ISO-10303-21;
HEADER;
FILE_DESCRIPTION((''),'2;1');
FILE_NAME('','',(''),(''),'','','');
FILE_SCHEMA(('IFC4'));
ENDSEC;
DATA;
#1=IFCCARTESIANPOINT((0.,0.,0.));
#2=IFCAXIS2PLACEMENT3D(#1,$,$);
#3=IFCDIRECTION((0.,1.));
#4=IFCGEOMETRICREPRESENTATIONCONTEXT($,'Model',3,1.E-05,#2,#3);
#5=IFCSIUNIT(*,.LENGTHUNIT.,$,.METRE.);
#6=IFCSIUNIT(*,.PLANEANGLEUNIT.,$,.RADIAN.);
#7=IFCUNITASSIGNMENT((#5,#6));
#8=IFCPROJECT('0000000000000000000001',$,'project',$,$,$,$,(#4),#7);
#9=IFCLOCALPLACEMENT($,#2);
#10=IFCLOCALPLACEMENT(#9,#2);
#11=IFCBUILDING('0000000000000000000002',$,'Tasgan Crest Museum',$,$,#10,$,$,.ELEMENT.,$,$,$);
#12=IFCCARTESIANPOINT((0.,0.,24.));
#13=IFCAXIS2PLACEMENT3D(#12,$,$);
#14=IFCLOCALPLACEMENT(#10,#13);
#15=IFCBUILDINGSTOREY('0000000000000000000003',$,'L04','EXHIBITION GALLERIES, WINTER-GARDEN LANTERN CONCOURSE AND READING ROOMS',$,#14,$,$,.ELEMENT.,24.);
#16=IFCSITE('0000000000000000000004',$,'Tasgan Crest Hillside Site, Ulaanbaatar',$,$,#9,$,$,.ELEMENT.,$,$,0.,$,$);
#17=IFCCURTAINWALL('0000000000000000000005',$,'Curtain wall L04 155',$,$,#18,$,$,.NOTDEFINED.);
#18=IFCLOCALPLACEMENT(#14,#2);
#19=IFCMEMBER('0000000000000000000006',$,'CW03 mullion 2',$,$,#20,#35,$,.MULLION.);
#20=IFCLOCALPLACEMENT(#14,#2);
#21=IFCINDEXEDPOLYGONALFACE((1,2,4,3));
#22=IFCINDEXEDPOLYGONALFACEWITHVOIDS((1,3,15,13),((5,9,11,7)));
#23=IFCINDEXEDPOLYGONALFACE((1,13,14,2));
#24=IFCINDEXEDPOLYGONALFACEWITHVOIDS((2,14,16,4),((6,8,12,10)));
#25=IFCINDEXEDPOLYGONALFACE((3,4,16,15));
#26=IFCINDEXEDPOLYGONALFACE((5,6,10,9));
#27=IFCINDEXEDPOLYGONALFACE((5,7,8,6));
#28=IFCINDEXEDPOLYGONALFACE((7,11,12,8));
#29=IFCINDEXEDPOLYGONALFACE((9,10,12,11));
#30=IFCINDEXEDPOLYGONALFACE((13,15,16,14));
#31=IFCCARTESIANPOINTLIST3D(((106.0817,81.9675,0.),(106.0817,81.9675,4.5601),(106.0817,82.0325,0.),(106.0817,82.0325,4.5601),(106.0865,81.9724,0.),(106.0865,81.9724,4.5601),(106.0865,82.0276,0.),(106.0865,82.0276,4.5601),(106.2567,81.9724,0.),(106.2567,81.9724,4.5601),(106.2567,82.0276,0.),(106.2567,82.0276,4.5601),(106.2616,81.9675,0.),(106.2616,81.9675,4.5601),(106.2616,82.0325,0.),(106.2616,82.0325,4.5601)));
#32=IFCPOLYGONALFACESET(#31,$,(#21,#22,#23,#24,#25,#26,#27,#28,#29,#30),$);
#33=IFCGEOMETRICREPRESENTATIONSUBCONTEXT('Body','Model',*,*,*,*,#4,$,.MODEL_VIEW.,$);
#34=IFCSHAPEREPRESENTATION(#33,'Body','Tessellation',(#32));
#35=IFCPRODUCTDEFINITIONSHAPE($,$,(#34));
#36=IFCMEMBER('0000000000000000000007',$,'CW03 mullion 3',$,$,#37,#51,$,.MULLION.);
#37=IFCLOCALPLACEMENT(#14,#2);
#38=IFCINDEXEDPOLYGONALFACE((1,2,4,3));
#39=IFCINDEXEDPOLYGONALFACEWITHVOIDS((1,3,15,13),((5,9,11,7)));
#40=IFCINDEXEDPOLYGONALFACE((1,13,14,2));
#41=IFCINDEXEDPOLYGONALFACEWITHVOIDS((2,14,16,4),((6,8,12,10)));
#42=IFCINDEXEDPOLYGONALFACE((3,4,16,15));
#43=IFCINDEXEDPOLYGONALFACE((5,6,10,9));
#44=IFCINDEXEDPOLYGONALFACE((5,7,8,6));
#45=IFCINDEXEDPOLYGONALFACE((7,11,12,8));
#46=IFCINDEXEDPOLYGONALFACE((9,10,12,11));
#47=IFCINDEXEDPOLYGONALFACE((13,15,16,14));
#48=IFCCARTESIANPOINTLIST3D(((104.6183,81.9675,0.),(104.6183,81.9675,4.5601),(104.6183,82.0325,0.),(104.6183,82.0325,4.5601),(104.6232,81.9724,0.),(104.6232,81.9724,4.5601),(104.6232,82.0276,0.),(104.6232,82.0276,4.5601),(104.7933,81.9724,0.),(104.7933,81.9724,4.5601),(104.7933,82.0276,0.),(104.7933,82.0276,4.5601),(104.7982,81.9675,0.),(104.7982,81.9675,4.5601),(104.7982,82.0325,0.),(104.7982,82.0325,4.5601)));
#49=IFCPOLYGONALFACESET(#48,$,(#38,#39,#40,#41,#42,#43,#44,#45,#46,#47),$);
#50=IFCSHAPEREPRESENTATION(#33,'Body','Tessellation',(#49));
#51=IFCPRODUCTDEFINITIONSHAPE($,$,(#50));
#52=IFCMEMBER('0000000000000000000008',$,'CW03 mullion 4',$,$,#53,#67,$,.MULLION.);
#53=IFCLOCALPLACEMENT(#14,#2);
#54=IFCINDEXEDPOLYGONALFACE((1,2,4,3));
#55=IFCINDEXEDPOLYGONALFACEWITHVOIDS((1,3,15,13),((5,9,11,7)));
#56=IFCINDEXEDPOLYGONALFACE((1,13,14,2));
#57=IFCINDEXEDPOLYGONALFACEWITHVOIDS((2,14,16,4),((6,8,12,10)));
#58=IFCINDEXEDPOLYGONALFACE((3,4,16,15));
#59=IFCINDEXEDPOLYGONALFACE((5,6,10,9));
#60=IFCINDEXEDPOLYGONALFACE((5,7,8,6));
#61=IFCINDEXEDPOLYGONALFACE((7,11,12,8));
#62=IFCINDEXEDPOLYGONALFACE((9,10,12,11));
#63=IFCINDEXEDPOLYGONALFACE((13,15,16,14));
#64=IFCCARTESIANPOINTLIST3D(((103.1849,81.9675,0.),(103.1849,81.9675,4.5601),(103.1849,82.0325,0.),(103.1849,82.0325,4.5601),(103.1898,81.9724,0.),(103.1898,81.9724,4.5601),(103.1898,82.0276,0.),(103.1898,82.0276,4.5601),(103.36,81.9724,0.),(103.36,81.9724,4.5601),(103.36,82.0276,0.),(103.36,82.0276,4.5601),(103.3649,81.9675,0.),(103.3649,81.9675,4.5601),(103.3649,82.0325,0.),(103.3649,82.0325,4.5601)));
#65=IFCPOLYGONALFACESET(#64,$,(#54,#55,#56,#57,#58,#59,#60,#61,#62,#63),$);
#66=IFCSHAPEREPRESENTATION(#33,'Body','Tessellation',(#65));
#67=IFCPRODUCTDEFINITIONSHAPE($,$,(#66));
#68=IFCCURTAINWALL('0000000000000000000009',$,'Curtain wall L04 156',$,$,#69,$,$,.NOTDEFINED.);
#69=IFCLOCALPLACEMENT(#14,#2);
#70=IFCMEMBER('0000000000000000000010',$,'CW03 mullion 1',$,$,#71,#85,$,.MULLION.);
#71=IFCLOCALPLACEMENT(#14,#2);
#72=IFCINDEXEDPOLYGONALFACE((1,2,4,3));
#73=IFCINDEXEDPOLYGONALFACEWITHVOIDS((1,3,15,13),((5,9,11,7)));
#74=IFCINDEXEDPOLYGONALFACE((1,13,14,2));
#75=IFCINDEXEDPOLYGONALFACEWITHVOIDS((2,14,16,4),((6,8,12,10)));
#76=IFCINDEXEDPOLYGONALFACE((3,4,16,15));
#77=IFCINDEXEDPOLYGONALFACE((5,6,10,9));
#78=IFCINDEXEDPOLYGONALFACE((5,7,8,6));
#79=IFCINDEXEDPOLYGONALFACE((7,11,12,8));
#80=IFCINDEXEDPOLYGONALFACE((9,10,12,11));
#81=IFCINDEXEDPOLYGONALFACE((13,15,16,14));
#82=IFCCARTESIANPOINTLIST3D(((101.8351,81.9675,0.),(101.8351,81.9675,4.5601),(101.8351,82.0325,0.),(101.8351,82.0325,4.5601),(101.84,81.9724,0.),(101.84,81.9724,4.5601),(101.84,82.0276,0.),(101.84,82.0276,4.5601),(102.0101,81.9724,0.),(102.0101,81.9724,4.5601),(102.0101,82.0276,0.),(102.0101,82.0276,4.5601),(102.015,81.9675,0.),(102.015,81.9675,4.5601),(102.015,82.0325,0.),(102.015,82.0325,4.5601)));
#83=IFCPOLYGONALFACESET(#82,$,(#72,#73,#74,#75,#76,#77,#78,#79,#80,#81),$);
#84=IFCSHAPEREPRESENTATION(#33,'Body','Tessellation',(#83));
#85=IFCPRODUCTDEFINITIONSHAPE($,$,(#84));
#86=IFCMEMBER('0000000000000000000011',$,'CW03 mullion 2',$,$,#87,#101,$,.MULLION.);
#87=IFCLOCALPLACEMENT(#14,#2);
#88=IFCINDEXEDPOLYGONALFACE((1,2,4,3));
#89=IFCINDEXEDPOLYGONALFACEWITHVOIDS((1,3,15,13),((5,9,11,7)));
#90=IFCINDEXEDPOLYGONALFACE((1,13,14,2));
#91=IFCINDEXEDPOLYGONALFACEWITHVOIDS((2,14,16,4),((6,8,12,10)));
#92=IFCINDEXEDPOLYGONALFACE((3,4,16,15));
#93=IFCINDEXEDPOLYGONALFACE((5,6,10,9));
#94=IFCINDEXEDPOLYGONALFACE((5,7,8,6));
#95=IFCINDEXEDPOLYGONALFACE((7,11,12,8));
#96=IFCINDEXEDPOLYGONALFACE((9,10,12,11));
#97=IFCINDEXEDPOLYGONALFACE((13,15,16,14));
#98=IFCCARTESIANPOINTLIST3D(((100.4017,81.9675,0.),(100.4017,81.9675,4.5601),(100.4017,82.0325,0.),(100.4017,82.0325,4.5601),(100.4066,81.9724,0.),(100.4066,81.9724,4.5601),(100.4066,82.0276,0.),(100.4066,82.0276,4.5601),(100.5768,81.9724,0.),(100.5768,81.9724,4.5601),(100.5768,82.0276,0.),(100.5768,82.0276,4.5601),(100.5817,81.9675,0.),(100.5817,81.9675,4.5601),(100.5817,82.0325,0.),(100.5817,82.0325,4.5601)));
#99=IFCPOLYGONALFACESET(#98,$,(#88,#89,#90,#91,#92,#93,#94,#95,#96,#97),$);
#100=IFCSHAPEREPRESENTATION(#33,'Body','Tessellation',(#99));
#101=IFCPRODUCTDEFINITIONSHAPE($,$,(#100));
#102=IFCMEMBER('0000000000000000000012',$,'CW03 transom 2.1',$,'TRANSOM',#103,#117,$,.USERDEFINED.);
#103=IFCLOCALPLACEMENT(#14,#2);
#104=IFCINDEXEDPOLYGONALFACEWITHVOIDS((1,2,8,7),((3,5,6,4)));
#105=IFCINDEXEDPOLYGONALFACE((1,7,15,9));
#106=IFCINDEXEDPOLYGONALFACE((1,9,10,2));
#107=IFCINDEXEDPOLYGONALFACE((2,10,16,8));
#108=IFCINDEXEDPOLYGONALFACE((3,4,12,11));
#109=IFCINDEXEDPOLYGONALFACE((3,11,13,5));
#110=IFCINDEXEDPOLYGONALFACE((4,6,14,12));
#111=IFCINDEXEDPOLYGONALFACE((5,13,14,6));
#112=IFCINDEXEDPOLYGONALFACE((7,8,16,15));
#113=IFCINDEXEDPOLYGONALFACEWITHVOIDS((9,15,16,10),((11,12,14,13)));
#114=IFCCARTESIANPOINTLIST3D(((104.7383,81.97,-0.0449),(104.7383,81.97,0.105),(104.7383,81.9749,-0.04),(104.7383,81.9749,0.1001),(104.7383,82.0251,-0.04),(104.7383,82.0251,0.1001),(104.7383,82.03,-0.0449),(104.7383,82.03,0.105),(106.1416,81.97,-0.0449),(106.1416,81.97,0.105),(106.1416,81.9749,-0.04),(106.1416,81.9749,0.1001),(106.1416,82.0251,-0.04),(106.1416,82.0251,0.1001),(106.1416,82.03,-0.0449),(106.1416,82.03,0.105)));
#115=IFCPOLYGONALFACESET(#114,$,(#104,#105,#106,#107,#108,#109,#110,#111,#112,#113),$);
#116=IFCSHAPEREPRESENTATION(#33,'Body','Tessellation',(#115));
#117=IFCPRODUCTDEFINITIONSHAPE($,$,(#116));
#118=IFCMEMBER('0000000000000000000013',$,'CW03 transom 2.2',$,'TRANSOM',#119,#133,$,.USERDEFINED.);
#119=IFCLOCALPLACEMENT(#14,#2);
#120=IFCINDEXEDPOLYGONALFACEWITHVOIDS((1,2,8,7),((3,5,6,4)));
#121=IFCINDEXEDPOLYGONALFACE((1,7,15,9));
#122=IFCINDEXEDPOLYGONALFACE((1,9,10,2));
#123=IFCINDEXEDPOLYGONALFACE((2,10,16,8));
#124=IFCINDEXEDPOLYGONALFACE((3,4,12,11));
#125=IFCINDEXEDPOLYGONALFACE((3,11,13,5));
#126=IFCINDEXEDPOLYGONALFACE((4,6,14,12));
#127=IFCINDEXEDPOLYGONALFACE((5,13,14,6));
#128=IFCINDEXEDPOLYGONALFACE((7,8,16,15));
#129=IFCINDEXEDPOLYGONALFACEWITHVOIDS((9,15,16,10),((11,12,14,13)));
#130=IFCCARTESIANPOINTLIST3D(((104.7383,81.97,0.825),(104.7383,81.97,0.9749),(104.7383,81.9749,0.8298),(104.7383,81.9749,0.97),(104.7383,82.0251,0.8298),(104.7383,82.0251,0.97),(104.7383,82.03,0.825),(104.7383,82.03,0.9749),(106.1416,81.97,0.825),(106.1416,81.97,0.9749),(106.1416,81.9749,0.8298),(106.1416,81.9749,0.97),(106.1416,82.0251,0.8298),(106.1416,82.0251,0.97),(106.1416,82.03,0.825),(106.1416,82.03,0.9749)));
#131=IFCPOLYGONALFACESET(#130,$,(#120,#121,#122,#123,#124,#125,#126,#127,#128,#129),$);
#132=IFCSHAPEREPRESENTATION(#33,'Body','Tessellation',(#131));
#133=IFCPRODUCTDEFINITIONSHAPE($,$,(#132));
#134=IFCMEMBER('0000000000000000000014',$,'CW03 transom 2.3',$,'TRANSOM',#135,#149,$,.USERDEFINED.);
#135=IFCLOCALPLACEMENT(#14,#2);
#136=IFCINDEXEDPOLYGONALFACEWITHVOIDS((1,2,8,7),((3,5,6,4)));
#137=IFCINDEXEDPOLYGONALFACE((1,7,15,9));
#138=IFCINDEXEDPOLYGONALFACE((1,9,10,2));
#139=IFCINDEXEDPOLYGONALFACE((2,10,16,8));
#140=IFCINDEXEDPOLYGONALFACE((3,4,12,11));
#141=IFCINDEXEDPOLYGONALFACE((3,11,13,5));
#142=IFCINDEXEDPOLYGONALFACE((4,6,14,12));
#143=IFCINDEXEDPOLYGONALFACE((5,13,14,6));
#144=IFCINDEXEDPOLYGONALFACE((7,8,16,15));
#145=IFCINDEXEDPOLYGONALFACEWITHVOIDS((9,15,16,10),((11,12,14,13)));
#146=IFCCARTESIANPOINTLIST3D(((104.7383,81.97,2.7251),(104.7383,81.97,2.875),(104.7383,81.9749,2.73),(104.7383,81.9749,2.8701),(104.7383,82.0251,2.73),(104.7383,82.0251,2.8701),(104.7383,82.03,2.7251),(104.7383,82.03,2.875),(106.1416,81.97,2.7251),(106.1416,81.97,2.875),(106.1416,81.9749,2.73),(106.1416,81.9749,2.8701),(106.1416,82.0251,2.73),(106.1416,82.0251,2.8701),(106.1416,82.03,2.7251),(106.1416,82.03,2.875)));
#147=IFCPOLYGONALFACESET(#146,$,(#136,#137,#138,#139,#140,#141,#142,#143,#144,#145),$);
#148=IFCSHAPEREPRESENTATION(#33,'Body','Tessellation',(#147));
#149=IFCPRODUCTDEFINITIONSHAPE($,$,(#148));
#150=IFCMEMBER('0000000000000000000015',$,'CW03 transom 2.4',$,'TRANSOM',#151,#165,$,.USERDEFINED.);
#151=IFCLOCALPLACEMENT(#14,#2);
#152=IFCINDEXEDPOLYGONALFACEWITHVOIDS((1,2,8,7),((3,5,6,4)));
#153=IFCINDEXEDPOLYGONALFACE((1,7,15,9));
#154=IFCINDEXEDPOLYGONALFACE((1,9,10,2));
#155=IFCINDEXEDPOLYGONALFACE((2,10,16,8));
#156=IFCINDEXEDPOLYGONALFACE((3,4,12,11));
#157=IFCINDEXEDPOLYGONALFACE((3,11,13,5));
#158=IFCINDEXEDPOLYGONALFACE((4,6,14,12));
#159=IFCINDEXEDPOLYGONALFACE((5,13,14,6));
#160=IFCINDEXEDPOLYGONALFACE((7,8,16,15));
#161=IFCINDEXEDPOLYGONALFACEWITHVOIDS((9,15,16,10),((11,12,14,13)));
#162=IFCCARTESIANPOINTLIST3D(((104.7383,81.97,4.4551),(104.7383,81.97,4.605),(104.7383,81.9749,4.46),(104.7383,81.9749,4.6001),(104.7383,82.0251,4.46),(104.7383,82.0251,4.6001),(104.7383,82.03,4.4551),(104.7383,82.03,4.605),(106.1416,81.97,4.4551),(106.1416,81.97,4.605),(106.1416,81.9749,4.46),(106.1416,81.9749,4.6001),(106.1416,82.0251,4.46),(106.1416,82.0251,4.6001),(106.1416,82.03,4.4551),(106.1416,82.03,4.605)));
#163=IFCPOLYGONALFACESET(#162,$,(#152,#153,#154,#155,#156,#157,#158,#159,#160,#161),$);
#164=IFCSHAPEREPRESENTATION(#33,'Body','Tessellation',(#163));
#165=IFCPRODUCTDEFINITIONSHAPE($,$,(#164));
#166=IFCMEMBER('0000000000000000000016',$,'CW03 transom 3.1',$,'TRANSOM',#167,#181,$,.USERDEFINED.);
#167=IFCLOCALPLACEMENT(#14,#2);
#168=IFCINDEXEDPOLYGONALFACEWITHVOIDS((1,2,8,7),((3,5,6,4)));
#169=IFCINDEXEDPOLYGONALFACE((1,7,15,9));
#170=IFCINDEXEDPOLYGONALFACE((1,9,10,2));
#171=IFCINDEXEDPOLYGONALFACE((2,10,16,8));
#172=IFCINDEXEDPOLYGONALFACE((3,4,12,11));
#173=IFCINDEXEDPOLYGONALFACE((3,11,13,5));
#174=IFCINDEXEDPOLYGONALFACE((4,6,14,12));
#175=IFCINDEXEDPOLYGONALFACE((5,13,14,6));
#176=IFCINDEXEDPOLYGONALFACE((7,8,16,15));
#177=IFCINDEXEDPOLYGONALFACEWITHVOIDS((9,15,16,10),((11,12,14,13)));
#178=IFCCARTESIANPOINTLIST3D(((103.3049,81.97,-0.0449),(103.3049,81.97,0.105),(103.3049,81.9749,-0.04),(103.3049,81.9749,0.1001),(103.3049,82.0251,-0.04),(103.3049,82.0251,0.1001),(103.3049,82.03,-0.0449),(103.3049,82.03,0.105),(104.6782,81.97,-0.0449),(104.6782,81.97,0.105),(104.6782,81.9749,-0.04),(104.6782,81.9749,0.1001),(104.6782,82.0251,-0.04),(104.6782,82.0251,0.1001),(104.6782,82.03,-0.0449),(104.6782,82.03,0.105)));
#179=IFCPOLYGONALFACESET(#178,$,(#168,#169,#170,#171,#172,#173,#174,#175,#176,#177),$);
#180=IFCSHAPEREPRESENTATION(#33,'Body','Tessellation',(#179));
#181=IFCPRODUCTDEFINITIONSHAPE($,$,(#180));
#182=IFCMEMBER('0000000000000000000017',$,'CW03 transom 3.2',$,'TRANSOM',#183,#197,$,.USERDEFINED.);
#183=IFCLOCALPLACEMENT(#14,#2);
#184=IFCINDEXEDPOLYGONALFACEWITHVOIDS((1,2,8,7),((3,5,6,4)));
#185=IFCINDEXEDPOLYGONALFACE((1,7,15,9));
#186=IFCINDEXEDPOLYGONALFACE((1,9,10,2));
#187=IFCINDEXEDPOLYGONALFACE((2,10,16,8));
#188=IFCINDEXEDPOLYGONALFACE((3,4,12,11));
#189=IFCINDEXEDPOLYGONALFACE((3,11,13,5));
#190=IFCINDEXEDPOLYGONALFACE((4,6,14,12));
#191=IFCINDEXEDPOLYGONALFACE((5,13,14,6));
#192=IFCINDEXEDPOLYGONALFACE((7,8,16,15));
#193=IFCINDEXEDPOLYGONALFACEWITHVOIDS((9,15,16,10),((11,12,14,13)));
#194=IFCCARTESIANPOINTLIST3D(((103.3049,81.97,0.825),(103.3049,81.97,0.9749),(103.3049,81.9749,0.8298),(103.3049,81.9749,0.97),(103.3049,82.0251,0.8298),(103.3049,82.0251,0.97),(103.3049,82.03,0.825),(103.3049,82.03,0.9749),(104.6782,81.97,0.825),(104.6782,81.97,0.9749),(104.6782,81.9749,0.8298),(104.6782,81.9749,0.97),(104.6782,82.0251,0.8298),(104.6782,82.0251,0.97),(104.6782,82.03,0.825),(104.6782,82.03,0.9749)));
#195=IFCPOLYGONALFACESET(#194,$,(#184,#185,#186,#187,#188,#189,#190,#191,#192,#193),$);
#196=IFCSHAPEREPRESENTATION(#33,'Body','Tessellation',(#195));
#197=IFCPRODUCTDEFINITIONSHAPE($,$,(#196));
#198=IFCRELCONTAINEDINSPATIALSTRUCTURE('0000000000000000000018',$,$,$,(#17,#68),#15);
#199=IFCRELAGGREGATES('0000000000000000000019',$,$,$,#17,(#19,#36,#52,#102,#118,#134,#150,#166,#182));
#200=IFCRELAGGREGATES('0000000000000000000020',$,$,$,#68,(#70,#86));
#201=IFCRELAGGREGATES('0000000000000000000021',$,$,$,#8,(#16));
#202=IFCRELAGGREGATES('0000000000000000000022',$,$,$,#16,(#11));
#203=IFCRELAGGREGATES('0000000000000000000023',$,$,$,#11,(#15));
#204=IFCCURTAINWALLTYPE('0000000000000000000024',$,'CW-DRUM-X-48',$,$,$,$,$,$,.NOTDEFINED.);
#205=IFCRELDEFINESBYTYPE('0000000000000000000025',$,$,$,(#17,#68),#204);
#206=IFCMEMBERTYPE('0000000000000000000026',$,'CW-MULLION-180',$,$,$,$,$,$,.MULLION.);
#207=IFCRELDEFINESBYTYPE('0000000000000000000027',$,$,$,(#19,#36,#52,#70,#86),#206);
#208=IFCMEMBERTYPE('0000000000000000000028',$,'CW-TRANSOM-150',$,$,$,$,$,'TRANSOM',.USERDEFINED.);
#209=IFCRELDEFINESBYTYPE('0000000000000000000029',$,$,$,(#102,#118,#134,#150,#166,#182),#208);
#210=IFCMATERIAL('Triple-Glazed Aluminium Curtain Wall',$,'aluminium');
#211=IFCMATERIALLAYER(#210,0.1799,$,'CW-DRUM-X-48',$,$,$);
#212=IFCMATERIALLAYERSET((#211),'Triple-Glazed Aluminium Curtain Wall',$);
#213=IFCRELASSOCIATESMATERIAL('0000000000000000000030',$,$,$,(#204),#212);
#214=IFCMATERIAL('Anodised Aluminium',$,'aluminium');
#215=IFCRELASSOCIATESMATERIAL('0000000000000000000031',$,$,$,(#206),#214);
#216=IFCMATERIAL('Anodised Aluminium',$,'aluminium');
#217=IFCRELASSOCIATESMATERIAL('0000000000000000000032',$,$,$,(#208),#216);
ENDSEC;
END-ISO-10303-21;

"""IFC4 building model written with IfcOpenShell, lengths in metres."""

from ifc_helpers import new_model, si_unit, direction, frame, origin, origin_2d, place, context, subcontext, project, spatial, hollow_rectangle, extrude, material, layer, layer_set, material_profile, profile_set, type_object, element, aggregate, save


model = new_model("IFC4")

# Units and contexts
model_context = context("Model", 3, precision=1e-05, world=origin(), true_north=direction((0.0, 1.0)))
body_context = subcontext(model_context, "Body", "Model", "MODEL_VIEW")
ifc_project = project(units=[si_unit("LENGTHUNIT", "METRE"), si_unit("PLANEANGLEUNIT", "RADIAN")], contexts=[model_context])

# Site, building, storey
site_placement = place(None, origin())
site = spatial("IfcSite", under=ifc_project, at=site_placement, Name="Tasgan Crest Hillside Site, Ulaanbaatar", CompositionType="ELEMENT", RefElevation=0.0)
building_placement = place(site_placement, origin())
building = spatial("IfcBuilding", under=site, at=building_placement, Name="Tasgan Crest Museum", CompositionType="ELEMENT")
storey_placement = place(building_placement, frame((0.0, 0.0, 24.0)))
storey = spatial("IfcBuildingStorey", under=building, at=storey_placement, Name="L04", Description="EXHIBITION GALLERIES, WINTER-GARDEN LANTERN CONCOURSE AND READING ROOMS", CompositionType="ELEMENT", Elevation=24.0)

# Curtain walls, members
ifc_material_1 = material(Name="Triple-Glazed Aluminium Curtain Wall", Category="aluminium")
ifc_layer_1 = layer(ifc_material_1, 0.1799, Name="CW-DRUM-X-48")
ifc_layer_set_1 = layer_set([ifc_layer_1], Name="Triple-Glazed Aluminium Curtain Wall")
curtain_wall_type = type_object("IfcCurtainWallType", Name="CW-DRUM-X-48", PredefinedType="NOTDEFINED", material=ifc_layer_set_1)
curtain_wall_1_placement = place(storey_placement, origin())
curtain_wall_1 = element("IfcCurtainWall", 1, at=curtain_wall_1_placement, inside=storey, type_object=curtain_wall_type, Name="Curtain wall L04 155", PredefinedType="NOTDEFINED")
ifc_material_2 = material(Name="Anodised Aluminium", Category="aluminium")
ifc_material_profile_1 = material_profile(ifc_material_2, hollow_rectangle(XDim=0.0649, YDim=0.1799, WallThickness=0.0049, at=origin_2d()), Name="ALU MULLION 180x65x5")
ifc_profile_set_1 = profile_set([ifc_material_profile_1], Name="Anodised Aluminium")
member_type_1 = type_object("IfcMemberType", Name="CW-MULLION-180", PredefinedType="MULLION", material=ifc_profile_set_1)
member_1_placement = place(storey_placement, frame((106.1716, 82.0, 0.0), z_axis=(0.0, 0.0, 1.0), x_axis=(0.0, -1.0, 0.0)))
member_1 = element("IfcMember", 2, at=member_1_placement, type_object=member_type_1, Name="CW03 mullion 2", PredefinedType="MULLION", context=body_context, shape_type="SweptSolid", body=[
    extrude(hollow_rectangle(XDim=0.0649, YDim=0.1799, WallThickness=0.0049, at=origin_2d()), origin(), (0.0, 0.0, 1.0), 4.5601),
])
member_2_placement = place(storey_placement, frame((104.7083, 82.0, 0.0), z_axis=(0.0, 0.0, 1.0), x_axis=(0.0, -1.0, 0.0)))
member_2 = element("IfcMember", 3, at=member_2_placement, type_object=member_type_1, Name="CW03 mullion 3", PredefinedType="MULLION", context=body_context, shape_type="SweptSolid", body=[
    extrude(hollow_rectangle(XDim=0.0649, YDim=0.1799, WallThickness=0.0049, at=origin_2d()), origin(), (0.0, 0.0, 1.0), 4.5601),
])
member_3_placement = place(storey_placement, frame((103.2749, 82.0, 0.0), z_axis=(0.0, 0.0, 1.0), x_axis=(0.0, -1.0, 0.0)))
member_3 = element("IfcMember", 4, at=member_3_placement, type_object=member_type_1, Name="CW03 mullion 4", PredefinedType="MULLION", context=body_context, shape_type="SweptSolid", body=[
    extrude(hollow_rectangle(XDim=0.0649, YDim=0.1799, WallThickness=0.0049, at=origin_2d()), origin(), (0.0, 0.0, 1.0), 4.5601),
])
curtain_wall_2_placement = place(storey_placement, origin())
curtain_wall_2 = element("IfcCurtainWall", 5, at=curtain_wall_2_placement, inside=storey, type_object=curtain_wall_type, Name="Curtain wall L04 156", PredefinedType="NOTDEFINED")
member_4_placement = place(storey_placement, frame((101.925, 82.0, 0.0), z_axis=(0.0, 0.0, 1.0), x_axis=(0.0, -1.0, 0.0)))
member_4 = element("IfcMember", 6, at=member_4_placement, type_object=member_type_1, Name="CW03 mullion 1", PredefinedType="MULLION", context=body_context, shape_type="SweptSolid", body=[
    extrude(hollow_rectangle(XDim=0.0649, YDim=0.1799, WallThickness=0.0049, at=origin_2d()), origin(), (0.0, 0.0, 1.0), 4.5601),
])
member_5_placement = place(storey_placement, frame((100.4917, 82.0, 0.0), z_axis=(0.0, 0.0, 1.0), x_axis=(0.0, -1.0, 0.0)))
member_5 = element("IfcMember", 7, at=member_5_placement, type_object=member_type_1, Name="CW03 mullion 2", PredefinedType="MULLION", context=body_context, shape_type="SweptSolid", body=[
    extrude(hollow_rectangle(XDim=0.0649, YDim=0.1799, WallThickness=0.0049, at=origin_2d()), origin(), (0.0, 0.0, 1.0), 4.5601),
])

# Members
ifc_material_3 = material(Name="Anodised Aluminium", Category="aluminium")
ifc_material_profile_2 = material_profile(ifc_material_3, hollow_rectangle(XDim=0.0601, YDim=0.1499, WallThickness=0.0049, at=origin_2d()), Name="ALU TRANSOM 150x60x5")
ifc_profile_set_2 = profile_set([ifc_material_profile_2], Name="Anodised Aluminium")
member_type_2 = type_object("IfcMemberType", Name="CW-TRANSOM-150", ElementType="TRANSOM", PredefinedType="USERDEFINED", material=ifc_profile_set_2)
member_6_placement = place(storey_placement, frame((106.1416, 82.0, 0.03), z_axis=(-1.0, 0.0, 0.0), x_axis=(0.0, -1.0, 0.0)))
member_6 = element("IfcMember", 8, at=member_6_placement, type_object=member_type_2, Name="CW03 transom 2.1", ObjectType="TRANSOM", PredefinedType="USERDEFINED", context=body_context, shape_type="SweptSolid", body=[
    extrude(hollow_rectangle(XDim=0.0601, YDim=0.1499, WallThickness=0.0049, at=origin_2d()), origin(), (0.0, 0.0, 1.0), 1.4033),
])
member_7_placement = place(storey_placement, frame((106.1416, 82.0, 0.8999), z_axis=(-1.0, 0.0, 0.0), x_axis=(0.0, -1.0, 0.0)))
member_7 = element("IfcMember", 9, at=member_7_placement, type_object=member_type_2, Name="CW03 transom 2.2", ObjectType="TRANSOM", PredefinedType="USERDEFINED", context=body_context, shape_type="SweptSolid", body=[
    extrude(hollow_rectangle(XDim=0.0601, YDim=0.1499, WallThickness=0.0049, at=origin_2d()), origin(), (0.0, 0.0, 1.0), 1.4033),
])
member_8_placement = place(storey_placement, frame((106.1416, 82.0, 2.8), z_axis=(-1.0, 0.0, 0.0), x_axis=(0.0, -1.0, 0.0)))
member_8 = element("IfcMember", 10, at=member_8_placement, type_object=member_type_2, Name="CW03 transom 2.3", ObjectType="TRANSOM", PredefinedType="USERDEFINED", context=body_context, shape_type="SweptSolid", body=[
    extrude(hollow_rectangle(XDim=0.0601, YDim=0.1499, WallThickness=0.0049, at=origin_2d()), origin(), (0.0, 0.0, 1.0), 1.4033),
])
member_9_placement = place(storey_placement, frame((106.1416, 82.0, 4.53), z_axis=(-1.0, 0.0, 0.0), x_axis=(0.0, -1.0, 0.0)))
member_9 = element("IfcMember", 11, at=member_9_placement, type_object=member_type_2, Name="CW03 transom 2.4", ObjectType="TRANSOM", PredefinedType="USERDEFINED", context=body_context, shape_type="SweptSolid", body=[
    extrude(hollow_rectangle(XDim=0.0601, YDim=0.1499, WallThickness=0.0049, at=origin_2d()), origin(), (0.0, 0.0, 1.0), 1.4033),
])
member_10_placement = place(storey_placement, frame((104.6782, 82.0, 0.03), z_axis=(-1.0, 0.0, 0.0), x_axis=(0.0, -1.0, 0.0)))
member_10 = element("IfcMember", 12, at=member_10_placement, type_object=member_type_2, Name="CW03 transom 3.1", ObjectType="TRANSOM", PredefinedType="USERDEFINED", context=body_context, shape_type="SweptSolid", body=[
    extrude(hollow_rectangle(XDim=0.0601, YDim=0.1499, WallThickness=0.0049, at=origin_2d()), origin(), (0.0, 0.0, 1.0), 1.3733),
])
member_11_placement = place(storey_placement, frame((104.6782, 82.0, 0.8999), z_axis=(-1.0, 0.0, 0.0), x_axis=(0.0, -1.0, 0.0)))
member_11 = element("IfcMember", 13, at=member_11_placement, type_object=member_type_2, Name="CW03 transom 3.2", ObjectType="TRANSOM", PredefinedType="USERDEFINED", context=body_context, shape_type="SweptSolid", body=[
    extrude(hollow_rectangle(XDim=0.0601, YDim=0.1499, WallThickness=0.0049, at=origin_2d()), origin(), (0.0, 0.0, 1.0), 1.3733),
])

aggregate(curtain_wall_1, [member_1, member_2, member_3, member_6, member_7, member_8, member_9, member_10, member_11])
aggregate(curtain_wall_2, [member_4, member_5])

save(model, "model.ifc")
